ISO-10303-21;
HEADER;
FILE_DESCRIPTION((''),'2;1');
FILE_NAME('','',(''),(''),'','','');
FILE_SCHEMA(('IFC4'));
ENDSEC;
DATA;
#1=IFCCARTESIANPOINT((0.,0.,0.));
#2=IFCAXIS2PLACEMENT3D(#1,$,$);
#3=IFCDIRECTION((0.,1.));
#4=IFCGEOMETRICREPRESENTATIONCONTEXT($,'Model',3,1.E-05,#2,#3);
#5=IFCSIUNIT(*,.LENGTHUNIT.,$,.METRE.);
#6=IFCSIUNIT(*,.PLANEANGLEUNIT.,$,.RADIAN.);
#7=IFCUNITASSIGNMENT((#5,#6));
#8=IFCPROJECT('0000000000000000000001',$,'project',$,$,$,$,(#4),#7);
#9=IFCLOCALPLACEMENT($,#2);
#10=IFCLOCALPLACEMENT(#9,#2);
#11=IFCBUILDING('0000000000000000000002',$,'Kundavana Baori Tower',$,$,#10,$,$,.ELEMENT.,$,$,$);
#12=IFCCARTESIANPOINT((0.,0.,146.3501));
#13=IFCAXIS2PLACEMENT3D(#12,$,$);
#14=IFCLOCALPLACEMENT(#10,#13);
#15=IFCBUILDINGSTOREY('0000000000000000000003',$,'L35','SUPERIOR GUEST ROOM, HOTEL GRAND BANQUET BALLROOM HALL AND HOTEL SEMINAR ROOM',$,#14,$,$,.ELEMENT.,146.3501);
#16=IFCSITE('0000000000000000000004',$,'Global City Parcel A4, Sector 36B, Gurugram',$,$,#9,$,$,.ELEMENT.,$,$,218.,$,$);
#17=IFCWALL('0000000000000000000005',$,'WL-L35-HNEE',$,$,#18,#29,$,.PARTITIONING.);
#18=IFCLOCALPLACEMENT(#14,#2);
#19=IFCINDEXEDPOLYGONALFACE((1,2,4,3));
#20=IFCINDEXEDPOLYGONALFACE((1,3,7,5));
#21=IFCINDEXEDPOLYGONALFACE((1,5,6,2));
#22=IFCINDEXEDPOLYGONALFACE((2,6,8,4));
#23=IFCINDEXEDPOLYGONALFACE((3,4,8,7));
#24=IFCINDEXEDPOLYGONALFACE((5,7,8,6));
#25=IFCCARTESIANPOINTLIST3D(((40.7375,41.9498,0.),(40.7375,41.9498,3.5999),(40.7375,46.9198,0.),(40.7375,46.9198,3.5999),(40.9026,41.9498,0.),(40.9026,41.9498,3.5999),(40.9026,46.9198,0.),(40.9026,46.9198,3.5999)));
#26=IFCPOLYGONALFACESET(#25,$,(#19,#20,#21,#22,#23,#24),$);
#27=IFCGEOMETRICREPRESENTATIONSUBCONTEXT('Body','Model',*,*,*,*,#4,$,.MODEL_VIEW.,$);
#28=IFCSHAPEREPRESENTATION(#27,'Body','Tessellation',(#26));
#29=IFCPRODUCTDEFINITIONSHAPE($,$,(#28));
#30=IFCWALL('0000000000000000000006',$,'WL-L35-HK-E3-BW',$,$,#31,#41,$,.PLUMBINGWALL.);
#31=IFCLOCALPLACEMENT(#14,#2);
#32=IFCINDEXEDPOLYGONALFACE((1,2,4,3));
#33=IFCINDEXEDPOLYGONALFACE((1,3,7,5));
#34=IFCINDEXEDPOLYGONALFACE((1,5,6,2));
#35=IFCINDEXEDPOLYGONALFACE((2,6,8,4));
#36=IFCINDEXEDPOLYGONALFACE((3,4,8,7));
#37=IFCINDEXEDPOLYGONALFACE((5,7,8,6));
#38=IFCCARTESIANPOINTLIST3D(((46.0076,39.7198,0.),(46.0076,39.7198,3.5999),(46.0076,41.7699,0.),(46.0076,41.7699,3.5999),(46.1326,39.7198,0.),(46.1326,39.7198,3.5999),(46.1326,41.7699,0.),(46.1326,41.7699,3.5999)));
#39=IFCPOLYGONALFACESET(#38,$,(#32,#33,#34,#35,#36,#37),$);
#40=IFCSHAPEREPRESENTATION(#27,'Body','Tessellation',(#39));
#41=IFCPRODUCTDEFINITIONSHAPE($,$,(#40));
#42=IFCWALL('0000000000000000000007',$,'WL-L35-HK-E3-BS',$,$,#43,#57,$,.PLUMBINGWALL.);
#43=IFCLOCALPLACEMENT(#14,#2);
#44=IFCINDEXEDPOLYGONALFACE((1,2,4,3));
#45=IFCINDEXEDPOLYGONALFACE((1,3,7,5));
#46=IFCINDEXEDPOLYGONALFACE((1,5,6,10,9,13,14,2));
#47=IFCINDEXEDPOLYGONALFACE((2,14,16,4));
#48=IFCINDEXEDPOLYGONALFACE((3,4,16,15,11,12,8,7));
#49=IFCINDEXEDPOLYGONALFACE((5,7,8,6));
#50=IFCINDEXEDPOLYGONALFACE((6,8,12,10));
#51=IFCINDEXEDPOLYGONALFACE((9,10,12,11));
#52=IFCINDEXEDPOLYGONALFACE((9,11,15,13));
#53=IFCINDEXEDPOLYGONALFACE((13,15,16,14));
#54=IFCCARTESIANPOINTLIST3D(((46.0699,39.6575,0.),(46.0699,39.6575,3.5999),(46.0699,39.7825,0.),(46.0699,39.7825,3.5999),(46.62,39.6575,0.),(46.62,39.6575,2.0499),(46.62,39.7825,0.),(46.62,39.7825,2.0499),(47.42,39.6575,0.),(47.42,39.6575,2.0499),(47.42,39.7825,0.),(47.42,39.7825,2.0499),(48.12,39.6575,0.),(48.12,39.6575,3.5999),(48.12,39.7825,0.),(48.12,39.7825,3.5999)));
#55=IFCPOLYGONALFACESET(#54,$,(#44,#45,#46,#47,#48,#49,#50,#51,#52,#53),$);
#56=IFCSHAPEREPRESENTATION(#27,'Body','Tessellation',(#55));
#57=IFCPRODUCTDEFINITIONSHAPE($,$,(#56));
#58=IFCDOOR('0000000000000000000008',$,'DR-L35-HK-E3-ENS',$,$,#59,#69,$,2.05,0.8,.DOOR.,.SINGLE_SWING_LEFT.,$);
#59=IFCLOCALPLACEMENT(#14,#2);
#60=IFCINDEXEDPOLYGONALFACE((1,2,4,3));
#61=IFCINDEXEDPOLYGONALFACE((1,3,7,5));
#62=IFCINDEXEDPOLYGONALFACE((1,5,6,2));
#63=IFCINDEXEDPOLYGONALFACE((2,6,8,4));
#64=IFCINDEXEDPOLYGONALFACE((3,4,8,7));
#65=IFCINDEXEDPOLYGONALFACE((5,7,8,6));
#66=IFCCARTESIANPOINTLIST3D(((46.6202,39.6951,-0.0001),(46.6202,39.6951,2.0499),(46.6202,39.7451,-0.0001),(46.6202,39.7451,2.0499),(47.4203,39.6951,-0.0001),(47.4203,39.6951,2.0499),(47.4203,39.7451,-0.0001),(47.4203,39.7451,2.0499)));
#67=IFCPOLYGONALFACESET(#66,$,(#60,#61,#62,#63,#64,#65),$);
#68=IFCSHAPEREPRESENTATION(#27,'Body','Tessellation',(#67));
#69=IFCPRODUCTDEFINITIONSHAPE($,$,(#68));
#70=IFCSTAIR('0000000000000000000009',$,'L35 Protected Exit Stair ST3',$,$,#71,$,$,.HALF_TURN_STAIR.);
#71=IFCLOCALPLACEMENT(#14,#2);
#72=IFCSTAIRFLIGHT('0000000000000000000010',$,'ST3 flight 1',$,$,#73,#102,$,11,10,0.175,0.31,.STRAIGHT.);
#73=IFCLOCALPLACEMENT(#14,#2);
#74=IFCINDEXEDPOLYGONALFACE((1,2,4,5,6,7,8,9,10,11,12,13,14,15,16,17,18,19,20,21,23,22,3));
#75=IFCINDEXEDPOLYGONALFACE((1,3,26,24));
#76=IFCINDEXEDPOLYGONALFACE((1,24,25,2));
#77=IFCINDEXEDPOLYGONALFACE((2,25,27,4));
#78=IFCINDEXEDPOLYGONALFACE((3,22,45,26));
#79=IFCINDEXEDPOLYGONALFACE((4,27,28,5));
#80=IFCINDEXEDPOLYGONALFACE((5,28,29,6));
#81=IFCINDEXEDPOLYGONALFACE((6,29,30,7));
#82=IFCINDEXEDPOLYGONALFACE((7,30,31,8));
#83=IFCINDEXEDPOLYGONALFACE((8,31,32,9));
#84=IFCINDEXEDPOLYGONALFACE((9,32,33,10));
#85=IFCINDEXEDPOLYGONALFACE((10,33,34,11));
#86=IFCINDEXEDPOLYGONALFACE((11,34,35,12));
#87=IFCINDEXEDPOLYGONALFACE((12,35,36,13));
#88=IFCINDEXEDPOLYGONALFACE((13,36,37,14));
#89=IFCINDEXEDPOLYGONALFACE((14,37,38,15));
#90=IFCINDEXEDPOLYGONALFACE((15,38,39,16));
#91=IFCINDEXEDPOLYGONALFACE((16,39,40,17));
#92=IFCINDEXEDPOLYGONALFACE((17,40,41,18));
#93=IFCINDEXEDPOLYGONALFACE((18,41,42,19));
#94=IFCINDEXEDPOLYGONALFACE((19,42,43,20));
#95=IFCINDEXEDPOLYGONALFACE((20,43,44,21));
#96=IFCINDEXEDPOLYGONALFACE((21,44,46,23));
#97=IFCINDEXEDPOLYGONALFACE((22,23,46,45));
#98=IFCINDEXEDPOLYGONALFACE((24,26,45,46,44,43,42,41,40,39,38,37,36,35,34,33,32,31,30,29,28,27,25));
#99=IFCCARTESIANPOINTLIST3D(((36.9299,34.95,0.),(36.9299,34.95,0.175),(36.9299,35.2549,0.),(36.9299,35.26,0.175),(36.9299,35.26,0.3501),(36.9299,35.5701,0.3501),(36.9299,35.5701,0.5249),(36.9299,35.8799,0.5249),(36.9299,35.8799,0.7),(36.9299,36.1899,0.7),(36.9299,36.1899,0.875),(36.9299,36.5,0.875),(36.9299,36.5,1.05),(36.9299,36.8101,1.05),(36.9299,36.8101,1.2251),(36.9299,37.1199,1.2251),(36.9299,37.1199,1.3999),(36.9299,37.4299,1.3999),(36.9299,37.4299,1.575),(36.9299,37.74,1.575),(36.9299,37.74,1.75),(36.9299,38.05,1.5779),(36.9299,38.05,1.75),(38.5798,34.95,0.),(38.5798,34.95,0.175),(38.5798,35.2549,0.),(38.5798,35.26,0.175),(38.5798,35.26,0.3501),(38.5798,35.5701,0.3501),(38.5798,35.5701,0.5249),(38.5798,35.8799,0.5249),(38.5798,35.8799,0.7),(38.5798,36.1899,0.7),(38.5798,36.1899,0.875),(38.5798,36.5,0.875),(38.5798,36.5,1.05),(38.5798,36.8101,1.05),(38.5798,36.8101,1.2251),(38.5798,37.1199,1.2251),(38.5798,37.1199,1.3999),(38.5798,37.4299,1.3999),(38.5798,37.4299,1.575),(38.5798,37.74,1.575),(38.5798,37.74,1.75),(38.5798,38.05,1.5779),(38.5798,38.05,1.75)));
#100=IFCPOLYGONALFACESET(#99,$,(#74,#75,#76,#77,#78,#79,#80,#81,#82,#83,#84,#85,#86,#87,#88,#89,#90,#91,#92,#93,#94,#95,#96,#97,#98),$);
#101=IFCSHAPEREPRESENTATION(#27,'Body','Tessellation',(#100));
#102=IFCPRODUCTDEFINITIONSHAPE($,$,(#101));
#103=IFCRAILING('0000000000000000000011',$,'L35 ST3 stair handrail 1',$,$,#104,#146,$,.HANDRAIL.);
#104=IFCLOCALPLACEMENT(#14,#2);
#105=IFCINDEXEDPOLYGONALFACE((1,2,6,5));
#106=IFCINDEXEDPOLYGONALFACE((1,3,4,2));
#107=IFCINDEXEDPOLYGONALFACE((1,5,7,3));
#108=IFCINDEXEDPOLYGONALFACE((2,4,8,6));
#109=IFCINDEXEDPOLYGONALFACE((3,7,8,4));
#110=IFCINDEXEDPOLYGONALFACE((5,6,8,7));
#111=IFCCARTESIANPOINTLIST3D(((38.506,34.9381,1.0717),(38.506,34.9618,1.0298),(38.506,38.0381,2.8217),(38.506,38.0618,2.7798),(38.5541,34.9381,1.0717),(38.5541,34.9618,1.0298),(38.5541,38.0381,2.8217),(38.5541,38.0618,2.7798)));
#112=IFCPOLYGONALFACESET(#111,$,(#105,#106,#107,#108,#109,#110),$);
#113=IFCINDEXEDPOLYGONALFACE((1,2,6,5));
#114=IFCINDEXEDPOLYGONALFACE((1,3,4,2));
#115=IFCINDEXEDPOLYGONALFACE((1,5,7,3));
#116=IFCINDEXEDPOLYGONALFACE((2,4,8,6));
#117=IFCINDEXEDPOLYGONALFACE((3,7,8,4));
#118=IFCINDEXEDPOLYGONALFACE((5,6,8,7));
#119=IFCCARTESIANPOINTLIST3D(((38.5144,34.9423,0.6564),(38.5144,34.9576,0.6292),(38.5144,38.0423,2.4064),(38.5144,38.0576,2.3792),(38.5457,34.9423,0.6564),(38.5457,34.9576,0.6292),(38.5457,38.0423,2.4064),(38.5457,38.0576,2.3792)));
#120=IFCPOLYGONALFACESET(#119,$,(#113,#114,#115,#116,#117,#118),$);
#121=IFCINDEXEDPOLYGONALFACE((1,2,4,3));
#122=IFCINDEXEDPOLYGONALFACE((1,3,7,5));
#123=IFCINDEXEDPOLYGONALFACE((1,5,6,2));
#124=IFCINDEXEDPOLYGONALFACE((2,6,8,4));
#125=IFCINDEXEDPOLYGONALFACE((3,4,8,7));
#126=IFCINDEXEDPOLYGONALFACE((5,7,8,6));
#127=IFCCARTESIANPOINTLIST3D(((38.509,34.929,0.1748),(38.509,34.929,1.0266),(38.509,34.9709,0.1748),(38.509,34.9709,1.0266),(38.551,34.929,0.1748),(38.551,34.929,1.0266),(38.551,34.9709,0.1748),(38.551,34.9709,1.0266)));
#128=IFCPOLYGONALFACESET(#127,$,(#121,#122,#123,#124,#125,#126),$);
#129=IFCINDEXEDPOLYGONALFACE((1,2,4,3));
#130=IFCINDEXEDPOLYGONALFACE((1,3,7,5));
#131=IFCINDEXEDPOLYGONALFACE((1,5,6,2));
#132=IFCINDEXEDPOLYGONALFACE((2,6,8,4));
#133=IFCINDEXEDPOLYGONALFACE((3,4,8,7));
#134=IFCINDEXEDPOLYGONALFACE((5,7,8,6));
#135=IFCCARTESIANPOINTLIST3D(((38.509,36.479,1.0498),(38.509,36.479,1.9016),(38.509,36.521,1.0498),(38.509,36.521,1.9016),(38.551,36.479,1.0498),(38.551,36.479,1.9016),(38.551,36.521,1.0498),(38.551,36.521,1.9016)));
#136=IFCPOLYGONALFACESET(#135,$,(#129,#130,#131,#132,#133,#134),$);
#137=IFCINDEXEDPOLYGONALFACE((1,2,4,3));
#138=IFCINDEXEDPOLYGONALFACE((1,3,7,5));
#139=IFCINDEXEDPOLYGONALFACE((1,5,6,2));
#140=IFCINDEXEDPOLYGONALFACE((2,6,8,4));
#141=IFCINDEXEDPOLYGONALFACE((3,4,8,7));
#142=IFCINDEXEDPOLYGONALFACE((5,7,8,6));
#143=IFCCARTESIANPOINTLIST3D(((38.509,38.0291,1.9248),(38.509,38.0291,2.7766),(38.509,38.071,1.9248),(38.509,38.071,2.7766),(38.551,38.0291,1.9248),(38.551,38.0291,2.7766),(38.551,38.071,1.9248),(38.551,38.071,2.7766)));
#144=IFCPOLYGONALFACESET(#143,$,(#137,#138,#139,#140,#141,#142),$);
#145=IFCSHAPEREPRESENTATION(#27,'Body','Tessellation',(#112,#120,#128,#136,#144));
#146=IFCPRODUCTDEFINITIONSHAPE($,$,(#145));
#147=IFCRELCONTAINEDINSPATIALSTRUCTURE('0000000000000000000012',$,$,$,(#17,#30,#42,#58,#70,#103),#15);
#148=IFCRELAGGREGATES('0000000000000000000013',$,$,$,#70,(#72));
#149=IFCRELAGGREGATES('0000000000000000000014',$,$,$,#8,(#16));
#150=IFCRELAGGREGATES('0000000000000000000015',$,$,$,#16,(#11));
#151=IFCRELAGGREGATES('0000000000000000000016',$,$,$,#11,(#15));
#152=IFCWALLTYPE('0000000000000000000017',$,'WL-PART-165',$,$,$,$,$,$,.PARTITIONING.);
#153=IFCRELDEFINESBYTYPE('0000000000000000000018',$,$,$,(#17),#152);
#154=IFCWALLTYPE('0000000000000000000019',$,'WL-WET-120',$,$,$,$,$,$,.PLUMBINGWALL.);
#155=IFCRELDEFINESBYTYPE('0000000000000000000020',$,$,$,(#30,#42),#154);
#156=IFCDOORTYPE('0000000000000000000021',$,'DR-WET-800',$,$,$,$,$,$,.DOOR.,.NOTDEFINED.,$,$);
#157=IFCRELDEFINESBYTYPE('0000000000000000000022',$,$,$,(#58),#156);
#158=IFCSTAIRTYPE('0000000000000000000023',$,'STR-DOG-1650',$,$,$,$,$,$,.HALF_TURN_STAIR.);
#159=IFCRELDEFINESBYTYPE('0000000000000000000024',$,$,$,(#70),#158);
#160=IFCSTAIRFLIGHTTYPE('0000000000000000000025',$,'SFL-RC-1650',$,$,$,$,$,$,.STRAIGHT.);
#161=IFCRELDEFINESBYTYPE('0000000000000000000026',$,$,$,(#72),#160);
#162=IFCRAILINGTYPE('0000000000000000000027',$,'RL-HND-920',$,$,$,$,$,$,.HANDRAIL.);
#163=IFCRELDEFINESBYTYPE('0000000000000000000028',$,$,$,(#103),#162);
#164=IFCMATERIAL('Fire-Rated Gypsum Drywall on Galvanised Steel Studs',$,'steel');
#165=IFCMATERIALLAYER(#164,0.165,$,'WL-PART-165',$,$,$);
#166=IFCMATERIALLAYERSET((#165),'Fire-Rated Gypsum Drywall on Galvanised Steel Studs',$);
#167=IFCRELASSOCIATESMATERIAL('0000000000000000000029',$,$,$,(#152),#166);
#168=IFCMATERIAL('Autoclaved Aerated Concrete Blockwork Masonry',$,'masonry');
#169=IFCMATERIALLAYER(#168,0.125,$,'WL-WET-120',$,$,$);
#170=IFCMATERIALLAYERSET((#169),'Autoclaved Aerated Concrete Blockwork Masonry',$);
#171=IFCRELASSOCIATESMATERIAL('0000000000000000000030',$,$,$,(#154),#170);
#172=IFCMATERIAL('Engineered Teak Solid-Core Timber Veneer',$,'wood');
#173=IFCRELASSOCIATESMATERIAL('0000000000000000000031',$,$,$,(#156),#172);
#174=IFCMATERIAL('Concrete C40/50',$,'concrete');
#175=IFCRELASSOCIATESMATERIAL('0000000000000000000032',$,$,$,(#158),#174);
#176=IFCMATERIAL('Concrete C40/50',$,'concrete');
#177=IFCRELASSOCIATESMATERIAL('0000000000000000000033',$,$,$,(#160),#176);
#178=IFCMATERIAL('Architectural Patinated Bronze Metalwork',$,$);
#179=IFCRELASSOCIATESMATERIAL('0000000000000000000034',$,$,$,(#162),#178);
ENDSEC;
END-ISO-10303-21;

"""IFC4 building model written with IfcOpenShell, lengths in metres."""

from ifc_helpers import new_model, si_unit, direction, frame, frame_2d, origin, origin_2d, place, context, subcontext, project, spatial, polyline, rectangle, outline, extrude, material, layer, layer_set, type_object, element, fill, aggregate, save


model = new_model("IFC4")

# Units and contexts
model_context = context("Model", 3, precision=1e-05, world=origin(), true_north=direction((0.0, 1.0)))
body_context = subcontext(model_context, "Body", "Model", "MODEL_VIEW")
ifc_project = project(units=[si_unit("LENGTHUNIT", "METRE"), si_unit("PLANEANGLEUNIT", "RADIAN")], contexts=[model_context])

# Site, building, storey
site_placement = place(None, origin())
site = spatial("IfcSite", under=ifc_project, at=site_placement, Name="Global City Parcel A4, Sector 36B, Gurugram", CompositionType="ELEMENT", RefElevation=218.0)
building_placement = place(site_placement, origin())
building = spatial("IfcBuilding", under=site, at=building_placement, Name="Kundavana Baori Tower", CompositionType="ELEMENT")
storey_placement = place(building_placement, frame((0.0, 0.0, 146.3501)))
storey = spatial("IfcBuildingStorey", under=building, at=storey_placement, Name="L35", Description="SUPERIOR GUEST ROOM, HOTEL GRAND BANQUET BALLROOM HALL AND HOTEL SEMINAR ROOM", CompositionType="ELEMENT", Elevation=146.3501)

# Walls
ifc_material_1 = material(Name="Fire-Rated Gypsum Drywall on Galvanised Steel Studs", Category="steel")
ifc_layer_1 = layer(ifc_material_1, 0.165, Name="WL-PART-165")
ifc_layer_set_1 = layer_set([ifc_layer_1], Name="Fire-Rated Gypsum Drywall on Galvanised Steel Studs")
wall_type_1 = type_object("IfcWallType", Name="WL-PART-165", PredefinedType="PARTITIONING", material=ifc_layer_set_1)
wall_1_placement = place(storey_placement, frame((40.8201, 41.95, 0.0), z_axis=(0.0, 0.0, 1.0), x_axis=(0.0, 1.0, 0.0)))
element("IfcWall", 1, at=wall_1_placement, inside=storey, type_object=wall_type_1, Name="WL-L35-HNEE", PredefinedType="PARTITIONING", context=body_context, shape_type="SweptSolid", body=[
    extrude(rectangle(XDim=4.97, YDim=0.165, at=frame_2d((2.4849, 0.0))), origin(), (0.0, 0.0, 1.0), 3.5999),
])
ifc_material_2 = material(Name="Autoclaved Aerated Concrete Blockwork Masonry", Category="masonry")
ifc_layer_2 = layer(ifc_material_2, 0.125, Name="WL-WET-120")
ifc_layer_set_2 = layer_set([ifc_layer_2], Name="Autoclaved Aerated Concrete Blockwork Masonry")
wall_type_2 = type_object("IfcWallType", Name="WL-WET-120", PredefinedType="PLUMBINGWALL", material=ifc_layer_set_2)
wall_2_placement = place(storey_placement, frame((46.0701, 39.72, 0.0), z_axis=(0.0, 0.0, 1.0), x_axis=(0.0, 1.0, 0.0)))
element("IfcWall", 2, at=wall_2_placement, inside=storey, type_object=wall_type_2, Name="WL-L35-HK-E3-BW", PredefinedType="PLUMBINGWALL", context=body_context, shape_type="SweptSolid", body=[
    extrude(rectangle(XDim=2.05, YDim=0.125, at=frame_2d((1.0249, 0.0))), origin(), (0.0, 0.0, 1.0), 3.5999),
])

# Wall, opening, door
wall_3_placement = place(storey_placement, frame((46.0701, 39.72, 0.0), z_axis=(0.0, 0.0, 1.0), x_axis=(1.0, 0.0, 0.0)))
wall_3 = element("IfcWall", 3, at=wall_3_placement, inside=storey, type_object=wall_type_2, Name="WL-L35-HK-E3-BS", PredefinedType="PLUMBINGWALL", context=body_context, shape_type="SweptSolid", body=[
    extrude(rectangle(XDim=2.05, YDim=0.125, at=frame_2d((1.0249, 0.0))), origin(), (0.0, 0.0, 1.0), 3.5999),
])
opening_1_placement = place(wall_3_placement, frame((0.55, 0.0, 0.0)))
opening_1 = element("IfcOpeningElement", 4, at=opening_1_placement, cuts=wall_3, PredefinedType="OPENING", context=body_context, shape_type="SweptSolid", body=[
    extrude(rectangle(XDim=0.8, YDim=2.05, at=frame_2d((0.3999, 1.0249))), frame((0.0, 0.0725, 0.0), z_axis=(0.0, -1.0, 0.0), x_axis=(1.0, 0.0, 0.0)), (0.0, 0.0, 1.0), 0.145),
])
ifc_material_3 = material(Name="Engineered Teak Solid-Core Timber Veneer", Category="wood")
door_type_1 = type_object("IfcDoorType", Name="DR-WET-800", OperationType="NOTDEFINED", PredefinedType="DOOR", material=ifc_material_3)
door_1_placement = place(opening_1_placement, frame((0.8, 0.0, 0.0), z_axis=(0.0, 0.0, 1.0), x_axis=(-1.0, 0.0, 0.0)))
door_1 = element("IfcDoor", 5, at=door_1_placement, inside=storey, type_object=door_type_1, Name="DR-L35-HK-E3-ENS", OperationType="SINGLE_SWING_LEFT", OverallHeight=2.05, OverallWidth=0.8, PredefinedType="DOOR", context=body_context, shape_type="SweptSolid", body=[
    extrude(rectangle(XDim=0.8, YDim=2.05, at=frame_2d((0.3999, 1.0249))), frame((0.0, 0.0249, 0.0), z_axis=(0.0, -1.0, 0.0), x_axis=(1.0, 0.0, 0.0)), (0.0, 0.0, 1.0), 0.05),
])
fill(opening_1, door_1)

# Stair, stair flight
ifc_material_4 = material(Name="Concrete C40/50", Category="concrete")
stair_type = type_object("IfcStairType", Name="STR-DOG-1650", PredefinedType="HALF_TURN_STAIR", material=ifc_material_4)
stair_placement = place(storey_placement, origin())
stair = element("IfcStair", 6, at=stair_placement, inside=storey, type_object=stair_type, Name="L35 Protected Exit Stair ST3", PredefinedType="HALF_TURN_STAIR")
ifc_material_5 = material(Name="Concrete C40/50", Category="concrete")
stair_flight_type = type_object("IfcStairFlightType", Name="SFL-RC-1650", PredefinedType="STRAIGHT", material=ifc_material_5)
stair_flight_placement = place(storey_placement, frame((37.7549, 34.95, 0.0), z_axis=(0.0, 0.0, 1.0), x_axis=(0.0, 1.0, 0.0)))
stair_flight = element("IfcStairFlight", 7, at=stair_flight_placement, type_object=stair_flight_type, Name="ST3 flight 1", NumberOfRisers=11, NumberOfTreads=10, PredefinedType="STRAIGHT", RiserHeight=0.175, TreadLength=0.31, context=body_context, shape_type="SweptSolid", body=[
    extrude(outline(polyline([(0.0, 0.0), (0.0, 0.175), (0.3101, 0.175), (0.3101, 0.3501), (0.6201, 0.3501), (0.6201, 0.5249), (0.9299, 0.5249), (0.9299, 0.7), (1.24, 0.7), (1.24, 0.875), (1.55, 0.875), (1.55, 1.05), (1.8601, 1.05), (1.8601, 1.2251), (2.1699, 1.2251), (2.1699, 1.3999), (2.48, 1.3999), (2.48, 1.575), (2.79, 1.575), (2.79, 1.75), (3.1001, 1.75), (3.1001, 1.925), (3.1001, 1.5779), (0.3049, 0.0), (0.0, 0.0)])), frame((0.0, 0.825, 0.0), z_axis=(0.0, -1.0, 0.0), x_axis=(1.0, 0.0, 0.0)), (0.0, 0.0, 1.0), 1.6499),
])
aggregate(stair, [stair_flight])

# Railing
ifc_material_6 = material(Name="Architectural Patinated Bronze Metalwork")
railing_type_1 = type_object("IfcRailingType", Name="RL-HND-920", PredefinedType="HANDRAIL", material=ifc_material_6)
railing_1_placement = place(storey_placement, frame((38.53, 34.95, 0.1748)))
element("IfcRailing", 8, at=railing_1_placement, inside=storey, type_object=railing_type_1, Name="L35 ST3 stair handrail 1", PredefinedType="HANDRAIL", context=body_context, shape_type="SweptSolid", body=[
    extrude(rectangle(XDim=0.0481, YDim=0.0481, at=origin_2d()), frame((0.0, 0.0, 0.876), z_axis=(0.0, 0.870831, 0.491583), x_axis=(-1.0, 0.0, 0.0)), (0.0, 0.0, 1.0), 3.5598),
    extrude(rectangle(XDim=0.0312, YDim=0.0312, at=origin_2d()), frame((0.0, 0.0, 0.468), z_axis=(0.0, 0.870831, 0.491583), x_axis=(-1.0, 0.0, 0.0)), (0.0, 0.0, 1.0), 3.5598),
    extrude(rectangle(XDim=0.042, YDim=0.042, at=origin_2d()), origin(), (0.0, 0.0, 1.0), 0.8518),
    extrude(rectangle(XDim=0.042, YDim=0.042, at=origin_2d()), frame((0.0, 1.55, 0.875)), (0.0, 0.0, 1.0), 0.8518),
    extrude(rectangle(XDim=0.042, YDim=0.042, at=origin_2d()), frame((0.0, 3.1001, 1.75)), (0.0, 0.0, 1.0), 0.8518),
])

save(model, "model.ifc")
